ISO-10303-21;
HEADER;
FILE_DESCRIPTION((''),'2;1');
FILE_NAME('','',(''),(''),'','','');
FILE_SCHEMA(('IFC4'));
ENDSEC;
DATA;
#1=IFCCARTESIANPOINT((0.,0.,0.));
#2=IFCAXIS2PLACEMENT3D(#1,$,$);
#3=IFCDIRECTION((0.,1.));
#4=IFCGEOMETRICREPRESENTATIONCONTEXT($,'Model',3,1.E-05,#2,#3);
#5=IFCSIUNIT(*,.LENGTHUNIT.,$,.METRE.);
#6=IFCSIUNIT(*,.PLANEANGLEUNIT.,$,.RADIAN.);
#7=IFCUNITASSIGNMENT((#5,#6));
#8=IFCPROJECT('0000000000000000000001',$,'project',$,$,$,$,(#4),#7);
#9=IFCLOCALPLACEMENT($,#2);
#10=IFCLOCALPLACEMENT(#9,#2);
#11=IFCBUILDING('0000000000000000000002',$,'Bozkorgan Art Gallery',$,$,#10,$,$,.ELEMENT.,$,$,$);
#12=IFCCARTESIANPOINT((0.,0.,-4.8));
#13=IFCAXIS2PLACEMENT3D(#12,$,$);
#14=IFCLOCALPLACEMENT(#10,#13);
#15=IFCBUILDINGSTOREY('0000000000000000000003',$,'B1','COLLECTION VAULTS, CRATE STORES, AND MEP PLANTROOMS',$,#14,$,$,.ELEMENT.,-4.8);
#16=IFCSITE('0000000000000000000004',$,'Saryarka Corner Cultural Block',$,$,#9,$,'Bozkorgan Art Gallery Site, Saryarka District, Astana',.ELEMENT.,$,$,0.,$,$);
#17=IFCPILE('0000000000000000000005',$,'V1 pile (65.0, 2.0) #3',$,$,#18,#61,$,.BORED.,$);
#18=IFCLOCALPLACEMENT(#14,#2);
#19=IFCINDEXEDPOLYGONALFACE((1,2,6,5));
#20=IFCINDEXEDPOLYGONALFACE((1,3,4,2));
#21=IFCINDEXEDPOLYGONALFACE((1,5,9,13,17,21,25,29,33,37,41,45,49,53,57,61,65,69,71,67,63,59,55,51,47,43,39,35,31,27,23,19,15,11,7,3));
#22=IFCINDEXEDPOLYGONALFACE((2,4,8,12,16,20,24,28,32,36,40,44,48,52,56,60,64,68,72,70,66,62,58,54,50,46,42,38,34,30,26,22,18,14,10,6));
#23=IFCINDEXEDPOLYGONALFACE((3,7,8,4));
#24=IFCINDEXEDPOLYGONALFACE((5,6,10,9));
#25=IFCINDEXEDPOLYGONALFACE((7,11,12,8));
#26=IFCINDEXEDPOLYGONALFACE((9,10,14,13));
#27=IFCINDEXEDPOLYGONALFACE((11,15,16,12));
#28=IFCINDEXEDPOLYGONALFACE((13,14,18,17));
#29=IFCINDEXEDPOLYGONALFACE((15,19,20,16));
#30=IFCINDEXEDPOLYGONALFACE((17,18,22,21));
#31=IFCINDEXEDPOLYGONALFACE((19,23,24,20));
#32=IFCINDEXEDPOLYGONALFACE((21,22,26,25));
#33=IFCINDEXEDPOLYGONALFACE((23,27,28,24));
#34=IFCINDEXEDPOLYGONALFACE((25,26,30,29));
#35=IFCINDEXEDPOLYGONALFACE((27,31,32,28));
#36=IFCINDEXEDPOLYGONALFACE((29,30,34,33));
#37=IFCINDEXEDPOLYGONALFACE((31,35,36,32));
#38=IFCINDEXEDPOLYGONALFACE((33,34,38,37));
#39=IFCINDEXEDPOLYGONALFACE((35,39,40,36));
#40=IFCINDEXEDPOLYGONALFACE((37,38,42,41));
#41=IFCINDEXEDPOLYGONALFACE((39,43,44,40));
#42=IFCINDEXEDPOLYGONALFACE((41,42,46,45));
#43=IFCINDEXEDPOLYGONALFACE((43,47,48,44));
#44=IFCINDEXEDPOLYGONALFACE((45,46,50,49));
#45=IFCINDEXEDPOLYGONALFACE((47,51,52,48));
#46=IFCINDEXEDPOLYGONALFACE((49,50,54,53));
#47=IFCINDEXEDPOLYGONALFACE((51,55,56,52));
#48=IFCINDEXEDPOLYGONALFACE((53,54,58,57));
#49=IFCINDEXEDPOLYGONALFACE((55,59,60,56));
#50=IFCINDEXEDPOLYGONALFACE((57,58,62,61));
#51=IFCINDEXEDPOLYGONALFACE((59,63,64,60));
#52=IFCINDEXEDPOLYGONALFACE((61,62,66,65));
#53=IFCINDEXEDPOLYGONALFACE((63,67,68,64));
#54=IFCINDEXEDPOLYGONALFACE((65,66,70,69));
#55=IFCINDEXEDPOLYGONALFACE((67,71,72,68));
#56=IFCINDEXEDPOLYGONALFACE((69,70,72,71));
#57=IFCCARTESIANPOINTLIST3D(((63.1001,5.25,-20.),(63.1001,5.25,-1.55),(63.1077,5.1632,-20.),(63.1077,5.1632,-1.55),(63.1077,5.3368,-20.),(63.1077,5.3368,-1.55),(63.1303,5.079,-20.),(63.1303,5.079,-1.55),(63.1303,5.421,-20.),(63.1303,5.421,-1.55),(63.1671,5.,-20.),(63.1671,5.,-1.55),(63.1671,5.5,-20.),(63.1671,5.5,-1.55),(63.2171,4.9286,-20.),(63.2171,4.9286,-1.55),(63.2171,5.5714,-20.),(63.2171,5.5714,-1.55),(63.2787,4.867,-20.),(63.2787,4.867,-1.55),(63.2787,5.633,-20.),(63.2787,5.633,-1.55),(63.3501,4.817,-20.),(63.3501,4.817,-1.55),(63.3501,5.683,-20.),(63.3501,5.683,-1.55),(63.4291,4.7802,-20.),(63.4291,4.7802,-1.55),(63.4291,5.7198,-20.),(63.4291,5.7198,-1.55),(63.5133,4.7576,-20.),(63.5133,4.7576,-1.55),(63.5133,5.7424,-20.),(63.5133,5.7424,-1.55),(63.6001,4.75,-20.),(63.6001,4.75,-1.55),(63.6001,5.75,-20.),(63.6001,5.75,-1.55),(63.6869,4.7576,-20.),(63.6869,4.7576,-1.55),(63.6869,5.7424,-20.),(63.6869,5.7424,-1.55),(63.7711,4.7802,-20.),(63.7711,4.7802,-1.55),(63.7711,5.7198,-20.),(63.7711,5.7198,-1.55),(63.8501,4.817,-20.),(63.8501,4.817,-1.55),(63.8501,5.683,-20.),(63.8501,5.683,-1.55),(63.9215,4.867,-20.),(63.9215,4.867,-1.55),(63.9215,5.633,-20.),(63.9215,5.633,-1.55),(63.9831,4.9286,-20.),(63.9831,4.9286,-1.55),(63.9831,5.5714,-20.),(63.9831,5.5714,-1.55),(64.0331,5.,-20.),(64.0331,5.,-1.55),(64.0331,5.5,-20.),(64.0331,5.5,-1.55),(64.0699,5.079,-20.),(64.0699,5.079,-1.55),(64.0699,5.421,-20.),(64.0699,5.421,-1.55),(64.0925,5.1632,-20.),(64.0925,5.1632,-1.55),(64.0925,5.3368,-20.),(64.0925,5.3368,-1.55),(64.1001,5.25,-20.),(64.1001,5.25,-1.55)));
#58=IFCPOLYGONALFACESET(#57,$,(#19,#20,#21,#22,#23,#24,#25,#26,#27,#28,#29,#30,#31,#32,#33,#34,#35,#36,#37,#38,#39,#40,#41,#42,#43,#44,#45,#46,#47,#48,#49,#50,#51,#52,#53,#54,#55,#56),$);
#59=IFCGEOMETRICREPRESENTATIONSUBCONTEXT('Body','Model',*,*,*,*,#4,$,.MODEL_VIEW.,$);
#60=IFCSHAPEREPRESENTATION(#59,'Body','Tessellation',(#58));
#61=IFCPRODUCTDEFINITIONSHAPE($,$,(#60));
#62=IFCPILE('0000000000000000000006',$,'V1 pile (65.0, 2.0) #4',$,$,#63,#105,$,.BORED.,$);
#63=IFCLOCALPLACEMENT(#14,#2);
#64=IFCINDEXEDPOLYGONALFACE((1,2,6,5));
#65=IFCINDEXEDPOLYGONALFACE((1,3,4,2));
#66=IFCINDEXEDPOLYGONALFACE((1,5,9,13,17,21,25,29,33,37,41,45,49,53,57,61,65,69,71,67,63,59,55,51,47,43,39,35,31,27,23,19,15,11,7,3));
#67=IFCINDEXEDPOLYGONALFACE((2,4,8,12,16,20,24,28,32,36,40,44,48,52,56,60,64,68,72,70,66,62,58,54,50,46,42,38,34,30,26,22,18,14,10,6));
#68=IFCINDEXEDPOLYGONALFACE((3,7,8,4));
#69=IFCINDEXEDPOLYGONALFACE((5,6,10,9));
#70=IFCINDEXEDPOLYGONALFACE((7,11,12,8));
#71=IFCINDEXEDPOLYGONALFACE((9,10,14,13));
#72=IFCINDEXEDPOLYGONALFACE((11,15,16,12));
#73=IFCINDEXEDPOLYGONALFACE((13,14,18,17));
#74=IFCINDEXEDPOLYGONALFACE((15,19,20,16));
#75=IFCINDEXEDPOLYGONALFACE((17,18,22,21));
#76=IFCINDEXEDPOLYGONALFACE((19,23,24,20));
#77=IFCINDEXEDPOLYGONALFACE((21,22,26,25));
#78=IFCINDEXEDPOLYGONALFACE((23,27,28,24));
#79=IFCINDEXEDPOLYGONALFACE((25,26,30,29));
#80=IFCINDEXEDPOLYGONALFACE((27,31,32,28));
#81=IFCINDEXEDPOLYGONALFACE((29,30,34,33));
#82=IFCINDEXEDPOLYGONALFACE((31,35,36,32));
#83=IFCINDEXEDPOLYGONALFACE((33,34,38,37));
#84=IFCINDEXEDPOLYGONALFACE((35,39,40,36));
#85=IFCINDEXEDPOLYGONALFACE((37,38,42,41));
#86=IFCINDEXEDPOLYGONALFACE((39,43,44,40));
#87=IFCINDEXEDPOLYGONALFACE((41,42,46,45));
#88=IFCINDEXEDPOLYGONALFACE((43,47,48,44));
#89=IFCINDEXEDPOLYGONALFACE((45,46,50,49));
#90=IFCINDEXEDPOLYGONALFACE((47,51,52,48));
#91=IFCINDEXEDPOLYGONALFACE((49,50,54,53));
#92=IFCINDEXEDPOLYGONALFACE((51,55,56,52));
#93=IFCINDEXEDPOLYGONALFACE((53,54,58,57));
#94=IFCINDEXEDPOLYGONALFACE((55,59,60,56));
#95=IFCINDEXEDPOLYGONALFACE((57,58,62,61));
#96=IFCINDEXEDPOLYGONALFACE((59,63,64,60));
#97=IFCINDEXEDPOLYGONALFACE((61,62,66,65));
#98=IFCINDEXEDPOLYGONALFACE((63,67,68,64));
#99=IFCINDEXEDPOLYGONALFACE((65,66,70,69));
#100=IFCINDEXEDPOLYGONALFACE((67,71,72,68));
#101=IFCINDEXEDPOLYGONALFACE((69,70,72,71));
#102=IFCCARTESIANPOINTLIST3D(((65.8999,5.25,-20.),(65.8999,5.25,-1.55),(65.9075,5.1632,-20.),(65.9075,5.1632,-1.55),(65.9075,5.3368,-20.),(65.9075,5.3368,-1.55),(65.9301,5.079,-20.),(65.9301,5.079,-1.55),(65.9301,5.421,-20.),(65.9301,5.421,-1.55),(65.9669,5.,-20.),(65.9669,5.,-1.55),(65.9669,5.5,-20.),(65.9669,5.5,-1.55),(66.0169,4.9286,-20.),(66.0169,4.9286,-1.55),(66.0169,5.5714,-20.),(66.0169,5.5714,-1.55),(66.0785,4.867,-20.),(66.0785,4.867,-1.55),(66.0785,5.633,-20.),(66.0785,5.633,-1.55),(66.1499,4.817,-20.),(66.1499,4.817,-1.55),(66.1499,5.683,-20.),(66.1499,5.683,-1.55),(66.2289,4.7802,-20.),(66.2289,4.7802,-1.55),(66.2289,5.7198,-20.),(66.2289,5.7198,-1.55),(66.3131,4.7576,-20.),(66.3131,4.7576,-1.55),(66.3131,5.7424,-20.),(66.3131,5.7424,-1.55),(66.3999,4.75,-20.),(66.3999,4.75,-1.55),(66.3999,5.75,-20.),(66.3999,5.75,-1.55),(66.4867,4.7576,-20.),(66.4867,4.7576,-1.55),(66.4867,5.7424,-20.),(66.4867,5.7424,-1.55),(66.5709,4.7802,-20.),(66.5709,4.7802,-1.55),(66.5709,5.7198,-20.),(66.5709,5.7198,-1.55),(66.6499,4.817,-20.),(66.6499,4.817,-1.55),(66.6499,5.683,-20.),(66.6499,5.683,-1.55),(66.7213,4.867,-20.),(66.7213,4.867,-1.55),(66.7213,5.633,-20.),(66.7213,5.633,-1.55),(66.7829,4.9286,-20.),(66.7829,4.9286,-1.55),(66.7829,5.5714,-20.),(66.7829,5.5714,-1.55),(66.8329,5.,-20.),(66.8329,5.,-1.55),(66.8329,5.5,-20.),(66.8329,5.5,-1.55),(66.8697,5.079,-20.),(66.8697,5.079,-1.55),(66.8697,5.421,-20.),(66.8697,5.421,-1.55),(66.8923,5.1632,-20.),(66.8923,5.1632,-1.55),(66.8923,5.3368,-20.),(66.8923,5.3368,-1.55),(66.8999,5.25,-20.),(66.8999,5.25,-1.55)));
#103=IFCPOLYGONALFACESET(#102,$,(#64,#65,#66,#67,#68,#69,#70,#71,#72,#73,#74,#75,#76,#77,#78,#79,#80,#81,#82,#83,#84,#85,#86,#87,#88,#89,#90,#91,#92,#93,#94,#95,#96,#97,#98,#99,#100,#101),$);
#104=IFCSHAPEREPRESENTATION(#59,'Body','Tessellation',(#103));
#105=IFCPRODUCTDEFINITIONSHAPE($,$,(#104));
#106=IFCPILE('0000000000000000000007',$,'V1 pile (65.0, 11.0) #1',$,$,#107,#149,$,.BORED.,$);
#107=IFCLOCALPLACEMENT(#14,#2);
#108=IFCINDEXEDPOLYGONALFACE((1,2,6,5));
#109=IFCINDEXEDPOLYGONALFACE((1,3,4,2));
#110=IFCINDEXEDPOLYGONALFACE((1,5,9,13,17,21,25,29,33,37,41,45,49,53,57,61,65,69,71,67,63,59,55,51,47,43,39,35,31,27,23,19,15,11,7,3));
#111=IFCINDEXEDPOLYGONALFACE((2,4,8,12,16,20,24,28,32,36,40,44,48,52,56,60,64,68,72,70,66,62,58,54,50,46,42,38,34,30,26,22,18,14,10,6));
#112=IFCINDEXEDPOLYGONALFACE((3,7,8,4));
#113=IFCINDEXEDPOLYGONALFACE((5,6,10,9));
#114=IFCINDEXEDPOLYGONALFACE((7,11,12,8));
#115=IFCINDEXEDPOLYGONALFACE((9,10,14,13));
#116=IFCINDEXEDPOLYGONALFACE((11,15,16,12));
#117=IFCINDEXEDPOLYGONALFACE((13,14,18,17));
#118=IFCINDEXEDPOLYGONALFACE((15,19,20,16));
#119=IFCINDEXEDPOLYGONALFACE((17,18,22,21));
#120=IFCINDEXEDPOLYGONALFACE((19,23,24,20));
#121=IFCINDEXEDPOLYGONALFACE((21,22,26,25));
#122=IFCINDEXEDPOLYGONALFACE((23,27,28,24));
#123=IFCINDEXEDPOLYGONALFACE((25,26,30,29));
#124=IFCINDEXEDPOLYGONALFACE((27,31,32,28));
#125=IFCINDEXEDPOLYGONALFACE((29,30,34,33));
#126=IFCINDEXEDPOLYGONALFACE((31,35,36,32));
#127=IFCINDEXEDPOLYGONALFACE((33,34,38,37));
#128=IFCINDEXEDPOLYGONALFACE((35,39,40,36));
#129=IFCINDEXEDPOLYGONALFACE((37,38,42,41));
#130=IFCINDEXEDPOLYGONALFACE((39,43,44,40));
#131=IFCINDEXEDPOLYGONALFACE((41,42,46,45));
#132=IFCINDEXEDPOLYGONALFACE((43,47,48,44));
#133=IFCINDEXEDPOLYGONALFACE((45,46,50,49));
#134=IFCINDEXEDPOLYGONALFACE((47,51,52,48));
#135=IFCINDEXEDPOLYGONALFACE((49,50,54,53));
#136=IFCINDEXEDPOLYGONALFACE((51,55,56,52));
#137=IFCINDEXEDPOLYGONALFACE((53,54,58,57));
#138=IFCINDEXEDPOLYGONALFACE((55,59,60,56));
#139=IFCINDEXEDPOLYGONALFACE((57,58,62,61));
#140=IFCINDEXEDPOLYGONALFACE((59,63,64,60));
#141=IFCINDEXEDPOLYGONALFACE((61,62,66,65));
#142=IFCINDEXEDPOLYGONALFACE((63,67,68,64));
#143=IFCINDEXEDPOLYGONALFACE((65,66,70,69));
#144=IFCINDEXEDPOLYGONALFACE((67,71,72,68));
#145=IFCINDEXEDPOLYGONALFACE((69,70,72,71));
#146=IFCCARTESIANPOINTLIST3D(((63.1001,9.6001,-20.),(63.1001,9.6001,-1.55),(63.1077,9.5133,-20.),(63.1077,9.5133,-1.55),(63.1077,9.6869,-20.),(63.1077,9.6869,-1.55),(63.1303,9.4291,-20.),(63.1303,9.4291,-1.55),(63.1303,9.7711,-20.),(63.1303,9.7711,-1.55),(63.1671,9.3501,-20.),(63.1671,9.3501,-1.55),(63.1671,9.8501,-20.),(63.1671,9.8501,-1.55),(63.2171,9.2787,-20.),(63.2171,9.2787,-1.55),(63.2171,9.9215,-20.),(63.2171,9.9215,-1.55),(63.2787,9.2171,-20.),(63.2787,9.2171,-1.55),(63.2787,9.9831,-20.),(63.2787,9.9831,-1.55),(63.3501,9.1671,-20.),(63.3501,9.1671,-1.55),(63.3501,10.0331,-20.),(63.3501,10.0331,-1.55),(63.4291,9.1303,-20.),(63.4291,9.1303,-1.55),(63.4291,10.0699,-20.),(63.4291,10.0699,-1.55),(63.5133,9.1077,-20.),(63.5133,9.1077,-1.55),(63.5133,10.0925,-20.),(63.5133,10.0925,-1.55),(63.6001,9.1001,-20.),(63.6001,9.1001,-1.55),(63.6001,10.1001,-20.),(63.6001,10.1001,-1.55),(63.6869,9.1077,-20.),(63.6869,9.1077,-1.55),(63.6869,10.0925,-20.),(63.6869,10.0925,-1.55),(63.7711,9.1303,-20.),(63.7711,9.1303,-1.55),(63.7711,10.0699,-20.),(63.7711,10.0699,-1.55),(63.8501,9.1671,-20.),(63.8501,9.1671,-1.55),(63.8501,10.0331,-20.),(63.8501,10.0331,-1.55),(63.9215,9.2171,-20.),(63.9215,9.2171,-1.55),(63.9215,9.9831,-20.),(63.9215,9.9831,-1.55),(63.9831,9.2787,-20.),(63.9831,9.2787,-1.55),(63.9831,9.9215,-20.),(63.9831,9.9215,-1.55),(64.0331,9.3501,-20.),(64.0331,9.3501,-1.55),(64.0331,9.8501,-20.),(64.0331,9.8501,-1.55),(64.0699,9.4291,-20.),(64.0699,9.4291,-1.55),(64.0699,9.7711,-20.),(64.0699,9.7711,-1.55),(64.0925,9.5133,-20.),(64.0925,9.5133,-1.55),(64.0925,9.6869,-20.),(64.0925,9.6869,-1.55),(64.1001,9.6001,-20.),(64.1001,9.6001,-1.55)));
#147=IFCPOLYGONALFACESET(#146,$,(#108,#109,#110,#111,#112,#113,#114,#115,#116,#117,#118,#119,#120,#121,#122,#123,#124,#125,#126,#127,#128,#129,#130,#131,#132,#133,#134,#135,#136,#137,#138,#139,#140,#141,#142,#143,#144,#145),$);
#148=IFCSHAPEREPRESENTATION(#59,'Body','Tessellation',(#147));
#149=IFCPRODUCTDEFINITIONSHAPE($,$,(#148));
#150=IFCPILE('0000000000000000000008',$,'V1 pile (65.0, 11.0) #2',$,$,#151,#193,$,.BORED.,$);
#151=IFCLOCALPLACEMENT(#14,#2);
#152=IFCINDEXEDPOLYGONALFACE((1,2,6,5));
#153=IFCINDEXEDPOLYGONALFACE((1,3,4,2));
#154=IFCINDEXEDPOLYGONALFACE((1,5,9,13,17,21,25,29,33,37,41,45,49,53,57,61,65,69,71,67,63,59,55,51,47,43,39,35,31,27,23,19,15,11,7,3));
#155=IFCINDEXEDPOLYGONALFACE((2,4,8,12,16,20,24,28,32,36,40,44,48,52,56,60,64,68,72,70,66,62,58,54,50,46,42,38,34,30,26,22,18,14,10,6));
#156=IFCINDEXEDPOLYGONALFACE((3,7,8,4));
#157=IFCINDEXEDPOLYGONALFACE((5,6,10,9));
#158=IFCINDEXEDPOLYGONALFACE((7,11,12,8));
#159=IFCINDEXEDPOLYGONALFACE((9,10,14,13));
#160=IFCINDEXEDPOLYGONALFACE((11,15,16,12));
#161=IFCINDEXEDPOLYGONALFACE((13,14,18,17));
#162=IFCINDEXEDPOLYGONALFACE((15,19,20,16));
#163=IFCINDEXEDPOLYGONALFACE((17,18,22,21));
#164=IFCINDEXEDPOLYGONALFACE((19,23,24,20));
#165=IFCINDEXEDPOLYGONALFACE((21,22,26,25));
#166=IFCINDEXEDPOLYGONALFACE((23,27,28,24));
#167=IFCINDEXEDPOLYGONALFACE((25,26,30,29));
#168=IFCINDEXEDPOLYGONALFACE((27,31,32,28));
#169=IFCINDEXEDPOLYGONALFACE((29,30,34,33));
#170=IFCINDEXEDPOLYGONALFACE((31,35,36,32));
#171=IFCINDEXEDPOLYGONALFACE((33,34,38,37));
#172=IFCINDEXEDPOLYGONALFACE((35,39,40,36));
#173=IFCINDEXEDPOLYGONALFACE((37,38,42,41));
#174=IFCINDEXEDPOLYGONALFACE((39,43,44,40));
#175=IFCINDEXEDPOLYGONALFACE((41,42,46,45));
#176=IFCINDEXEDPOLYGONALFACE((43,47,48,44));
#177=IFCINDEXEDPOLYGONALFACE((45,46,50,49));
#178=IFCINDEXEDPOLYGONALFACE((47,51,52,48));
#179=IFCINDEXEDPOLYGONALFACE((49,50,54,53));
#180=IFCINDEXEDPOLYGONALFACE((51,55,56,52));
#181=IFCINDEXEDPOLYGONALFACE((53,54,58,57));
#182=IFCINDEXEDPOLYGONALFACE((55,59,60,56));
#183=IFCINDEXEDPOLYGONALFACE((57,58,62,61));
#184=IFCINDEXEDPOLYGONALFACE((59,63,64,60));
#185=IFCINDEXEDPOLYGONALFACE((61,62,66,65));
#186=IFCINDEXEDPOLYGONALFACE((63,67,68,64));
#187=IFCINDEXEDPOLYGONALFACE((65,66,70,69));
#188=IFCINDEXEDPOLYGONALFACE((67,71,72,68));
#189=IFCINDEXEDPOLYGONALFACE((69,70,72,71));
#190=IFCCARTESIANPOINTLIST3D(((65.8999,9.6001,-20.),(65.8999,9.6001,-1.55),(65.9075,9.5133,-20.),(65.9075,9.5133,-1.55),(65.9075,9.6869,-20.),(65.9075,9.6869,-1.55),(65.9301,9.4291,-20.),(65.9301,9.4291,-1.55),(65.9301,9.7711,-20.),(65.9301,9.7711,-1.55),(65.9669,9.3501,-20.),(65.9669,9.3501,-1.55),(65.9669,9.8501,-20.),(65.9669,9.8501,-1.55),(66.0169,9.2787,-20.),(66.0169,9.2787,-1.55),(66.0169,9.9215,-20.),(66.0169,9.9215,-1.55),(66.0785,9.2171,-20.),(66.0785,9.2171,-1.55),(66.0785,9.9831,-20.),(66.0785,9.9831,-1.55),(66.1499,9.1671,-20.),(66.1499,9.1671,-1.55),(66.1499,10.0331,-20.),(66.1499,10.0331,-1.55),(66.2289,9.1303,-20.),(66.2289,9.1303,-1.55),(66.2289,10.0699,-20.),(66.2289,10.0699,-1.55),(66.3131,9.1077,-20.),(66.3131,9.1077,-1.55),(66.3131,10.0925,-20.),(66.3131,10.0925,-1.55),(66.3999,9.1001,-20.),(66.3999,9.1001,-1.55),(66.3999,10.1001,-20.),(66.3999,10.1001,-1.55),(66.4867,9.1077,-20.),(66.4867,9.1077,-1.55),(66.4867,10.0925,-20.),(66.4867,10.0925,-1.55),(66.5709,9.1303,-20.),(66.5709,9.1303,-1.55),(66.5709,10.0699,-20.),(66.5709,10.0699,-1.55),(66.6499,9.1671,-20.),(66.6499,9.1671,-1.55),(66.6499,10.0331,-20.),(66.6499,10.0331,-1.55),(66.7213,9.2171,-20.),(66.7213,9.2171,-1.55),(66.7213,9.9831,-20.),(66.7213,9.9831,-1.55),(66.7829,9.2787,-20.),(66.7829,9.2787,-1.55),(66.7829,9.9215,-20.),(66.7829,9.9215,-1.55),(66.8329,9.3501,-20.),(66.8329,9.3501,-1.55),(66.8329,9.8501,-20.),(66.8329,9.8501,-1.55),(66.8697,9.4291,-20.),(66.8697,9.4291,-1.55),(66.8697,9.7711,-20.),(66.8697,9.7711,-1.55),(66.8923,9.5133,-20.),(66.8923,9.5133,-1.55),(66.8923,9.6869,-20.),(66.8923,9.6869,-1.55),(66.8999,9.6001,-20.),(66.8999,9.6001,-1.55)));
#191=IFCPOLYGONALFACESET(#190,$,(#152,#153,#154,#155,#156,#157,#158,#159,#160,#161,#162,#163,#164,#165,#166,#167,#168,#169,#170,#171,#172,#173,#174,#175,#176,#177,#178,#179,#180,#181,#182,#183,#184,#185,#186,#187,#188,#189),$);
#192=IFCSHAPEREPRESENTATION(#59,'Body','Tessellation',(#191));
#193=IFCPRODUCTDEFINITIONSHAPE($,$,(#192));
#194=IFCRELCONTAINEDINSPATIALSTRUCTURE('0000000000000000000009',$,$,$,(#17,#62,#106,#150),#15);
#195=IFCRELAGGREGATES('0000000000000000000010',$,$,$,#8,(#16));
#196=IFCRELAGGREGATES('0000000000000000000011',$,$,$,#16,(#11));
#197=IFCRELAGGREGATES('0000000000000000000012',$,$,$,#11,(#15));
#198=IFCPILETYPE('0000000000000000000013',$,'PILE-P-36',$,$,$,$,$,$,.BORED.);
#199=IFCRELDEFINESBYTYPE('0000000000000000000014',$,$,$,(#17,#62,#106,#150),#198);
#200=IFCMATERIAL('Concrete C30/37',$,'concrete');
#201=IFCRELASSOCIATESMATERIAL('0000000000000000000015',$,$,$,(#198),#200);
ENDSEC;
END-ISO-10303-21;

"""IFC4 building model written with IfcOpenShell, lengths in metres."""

from ifc_helpers import new_model, si_unit, direction, frame, origin, origin_2d, place, context, subcontext, project, spatial, circle, extrude, material, material_profile, profile_set, type_object, element, save


model = new_model("IFC4")

# Units and contexts
model_context = context("Model", 3, precision=1e-05, world=origin(), true_north=direction((0.0, 1.0)))
body_context = subcontext(model_context, "Body", "Model", "MODEL_VIEW")
ifc_project = project(units=[si_unit("LENGTHUNIT", "METRE"), si_unit("PLANEANGLEUNIT", "RADIAN")], contexts=[model_context])

# Site, building, storey
site_placement = place(None, origin())
site = spatial("IfcSite", under=ifc_project, at=site_placement, Name="Saryarka Corner Cultural Block", LongName="Bozkorgan Art Gallery Site, Saryarka District, Astana", CompositionType="ELEMENT", RefElevation=0.0)
building_placement = place(site_placement, origin())
building = spatial("IfcBuilding", under=site, at=building_placement, Name="Bozkorgan Art Gallery", CompositionType="ELEMENT")
storey_placement = place(building_placement, frame((0.0, 0.0, -4.8)))
storey = spatial("IfcBuildingStorey", under=building, at=storey_placement, Name="B1", Description="COLLECTION VAULTS, CRATE STORES, AND MEP PLANTROOMS", CompositionType="ELEMENT", Elevation=-4.8)

# Shared definitions
ifc_material_1 = material(Name="Concrete C30/37", Category="concrete")

# Piles
ifc_material_profile_1 = material_profile(ifc_material_1, circle(Radius=0.5, at=origin_2d()), Name="PILE D1000")
ifc_profile_set_1 = profile_set([ifc_material_profile_1], Name="Concrete C30/37")
pile_type = type_object("IfcPileType", Name="PILE-P-36", PredefinedType="BORED", material=ifc_profile_set_1)
for number, where, z_axis, x_axis, name in (
    (1, (63.6001, 5.25, -1.55), (0.0, 0.0, -1.0), (1.0, 0.0, 0.0), "V1 pile (65.0, 2.0) #3"),
    (2, (66.3999, 5.25, -1.55), (0.0, 0.0, -1.0), (1.0, 0.0, 0.0), "V1 pile (65.0, 2.0) #4"),
    (3, (63.6001, 9.6001, -1.55), (0.0, 0.0, -1.0), (1.0, 0.0, 0.0), "V1 pile (65.0, 11.0) #1"),
    (4, (66.3999, 9.6001, -1.55), (0.0, 0.0, -1.0), (1.0, 0.0, 0.0), "V1 pile (65.0, 11.0) #2"),
):
    element("IfcPile", number, at=place(storey_placement, frame(where, z_axis=z_axis, x_axis=x_axis)), inside=storey, type_object=pile_type, Name=name, PredefinedType="BORED", context=body_context, shape_type="SweptSolid", body=[
        extrude(circle(Radius=0.5, at=origin_2d()), origin(), (0.0, 0.0, 1.0), 18.45),
    ])

save(model, "model.ifc")
